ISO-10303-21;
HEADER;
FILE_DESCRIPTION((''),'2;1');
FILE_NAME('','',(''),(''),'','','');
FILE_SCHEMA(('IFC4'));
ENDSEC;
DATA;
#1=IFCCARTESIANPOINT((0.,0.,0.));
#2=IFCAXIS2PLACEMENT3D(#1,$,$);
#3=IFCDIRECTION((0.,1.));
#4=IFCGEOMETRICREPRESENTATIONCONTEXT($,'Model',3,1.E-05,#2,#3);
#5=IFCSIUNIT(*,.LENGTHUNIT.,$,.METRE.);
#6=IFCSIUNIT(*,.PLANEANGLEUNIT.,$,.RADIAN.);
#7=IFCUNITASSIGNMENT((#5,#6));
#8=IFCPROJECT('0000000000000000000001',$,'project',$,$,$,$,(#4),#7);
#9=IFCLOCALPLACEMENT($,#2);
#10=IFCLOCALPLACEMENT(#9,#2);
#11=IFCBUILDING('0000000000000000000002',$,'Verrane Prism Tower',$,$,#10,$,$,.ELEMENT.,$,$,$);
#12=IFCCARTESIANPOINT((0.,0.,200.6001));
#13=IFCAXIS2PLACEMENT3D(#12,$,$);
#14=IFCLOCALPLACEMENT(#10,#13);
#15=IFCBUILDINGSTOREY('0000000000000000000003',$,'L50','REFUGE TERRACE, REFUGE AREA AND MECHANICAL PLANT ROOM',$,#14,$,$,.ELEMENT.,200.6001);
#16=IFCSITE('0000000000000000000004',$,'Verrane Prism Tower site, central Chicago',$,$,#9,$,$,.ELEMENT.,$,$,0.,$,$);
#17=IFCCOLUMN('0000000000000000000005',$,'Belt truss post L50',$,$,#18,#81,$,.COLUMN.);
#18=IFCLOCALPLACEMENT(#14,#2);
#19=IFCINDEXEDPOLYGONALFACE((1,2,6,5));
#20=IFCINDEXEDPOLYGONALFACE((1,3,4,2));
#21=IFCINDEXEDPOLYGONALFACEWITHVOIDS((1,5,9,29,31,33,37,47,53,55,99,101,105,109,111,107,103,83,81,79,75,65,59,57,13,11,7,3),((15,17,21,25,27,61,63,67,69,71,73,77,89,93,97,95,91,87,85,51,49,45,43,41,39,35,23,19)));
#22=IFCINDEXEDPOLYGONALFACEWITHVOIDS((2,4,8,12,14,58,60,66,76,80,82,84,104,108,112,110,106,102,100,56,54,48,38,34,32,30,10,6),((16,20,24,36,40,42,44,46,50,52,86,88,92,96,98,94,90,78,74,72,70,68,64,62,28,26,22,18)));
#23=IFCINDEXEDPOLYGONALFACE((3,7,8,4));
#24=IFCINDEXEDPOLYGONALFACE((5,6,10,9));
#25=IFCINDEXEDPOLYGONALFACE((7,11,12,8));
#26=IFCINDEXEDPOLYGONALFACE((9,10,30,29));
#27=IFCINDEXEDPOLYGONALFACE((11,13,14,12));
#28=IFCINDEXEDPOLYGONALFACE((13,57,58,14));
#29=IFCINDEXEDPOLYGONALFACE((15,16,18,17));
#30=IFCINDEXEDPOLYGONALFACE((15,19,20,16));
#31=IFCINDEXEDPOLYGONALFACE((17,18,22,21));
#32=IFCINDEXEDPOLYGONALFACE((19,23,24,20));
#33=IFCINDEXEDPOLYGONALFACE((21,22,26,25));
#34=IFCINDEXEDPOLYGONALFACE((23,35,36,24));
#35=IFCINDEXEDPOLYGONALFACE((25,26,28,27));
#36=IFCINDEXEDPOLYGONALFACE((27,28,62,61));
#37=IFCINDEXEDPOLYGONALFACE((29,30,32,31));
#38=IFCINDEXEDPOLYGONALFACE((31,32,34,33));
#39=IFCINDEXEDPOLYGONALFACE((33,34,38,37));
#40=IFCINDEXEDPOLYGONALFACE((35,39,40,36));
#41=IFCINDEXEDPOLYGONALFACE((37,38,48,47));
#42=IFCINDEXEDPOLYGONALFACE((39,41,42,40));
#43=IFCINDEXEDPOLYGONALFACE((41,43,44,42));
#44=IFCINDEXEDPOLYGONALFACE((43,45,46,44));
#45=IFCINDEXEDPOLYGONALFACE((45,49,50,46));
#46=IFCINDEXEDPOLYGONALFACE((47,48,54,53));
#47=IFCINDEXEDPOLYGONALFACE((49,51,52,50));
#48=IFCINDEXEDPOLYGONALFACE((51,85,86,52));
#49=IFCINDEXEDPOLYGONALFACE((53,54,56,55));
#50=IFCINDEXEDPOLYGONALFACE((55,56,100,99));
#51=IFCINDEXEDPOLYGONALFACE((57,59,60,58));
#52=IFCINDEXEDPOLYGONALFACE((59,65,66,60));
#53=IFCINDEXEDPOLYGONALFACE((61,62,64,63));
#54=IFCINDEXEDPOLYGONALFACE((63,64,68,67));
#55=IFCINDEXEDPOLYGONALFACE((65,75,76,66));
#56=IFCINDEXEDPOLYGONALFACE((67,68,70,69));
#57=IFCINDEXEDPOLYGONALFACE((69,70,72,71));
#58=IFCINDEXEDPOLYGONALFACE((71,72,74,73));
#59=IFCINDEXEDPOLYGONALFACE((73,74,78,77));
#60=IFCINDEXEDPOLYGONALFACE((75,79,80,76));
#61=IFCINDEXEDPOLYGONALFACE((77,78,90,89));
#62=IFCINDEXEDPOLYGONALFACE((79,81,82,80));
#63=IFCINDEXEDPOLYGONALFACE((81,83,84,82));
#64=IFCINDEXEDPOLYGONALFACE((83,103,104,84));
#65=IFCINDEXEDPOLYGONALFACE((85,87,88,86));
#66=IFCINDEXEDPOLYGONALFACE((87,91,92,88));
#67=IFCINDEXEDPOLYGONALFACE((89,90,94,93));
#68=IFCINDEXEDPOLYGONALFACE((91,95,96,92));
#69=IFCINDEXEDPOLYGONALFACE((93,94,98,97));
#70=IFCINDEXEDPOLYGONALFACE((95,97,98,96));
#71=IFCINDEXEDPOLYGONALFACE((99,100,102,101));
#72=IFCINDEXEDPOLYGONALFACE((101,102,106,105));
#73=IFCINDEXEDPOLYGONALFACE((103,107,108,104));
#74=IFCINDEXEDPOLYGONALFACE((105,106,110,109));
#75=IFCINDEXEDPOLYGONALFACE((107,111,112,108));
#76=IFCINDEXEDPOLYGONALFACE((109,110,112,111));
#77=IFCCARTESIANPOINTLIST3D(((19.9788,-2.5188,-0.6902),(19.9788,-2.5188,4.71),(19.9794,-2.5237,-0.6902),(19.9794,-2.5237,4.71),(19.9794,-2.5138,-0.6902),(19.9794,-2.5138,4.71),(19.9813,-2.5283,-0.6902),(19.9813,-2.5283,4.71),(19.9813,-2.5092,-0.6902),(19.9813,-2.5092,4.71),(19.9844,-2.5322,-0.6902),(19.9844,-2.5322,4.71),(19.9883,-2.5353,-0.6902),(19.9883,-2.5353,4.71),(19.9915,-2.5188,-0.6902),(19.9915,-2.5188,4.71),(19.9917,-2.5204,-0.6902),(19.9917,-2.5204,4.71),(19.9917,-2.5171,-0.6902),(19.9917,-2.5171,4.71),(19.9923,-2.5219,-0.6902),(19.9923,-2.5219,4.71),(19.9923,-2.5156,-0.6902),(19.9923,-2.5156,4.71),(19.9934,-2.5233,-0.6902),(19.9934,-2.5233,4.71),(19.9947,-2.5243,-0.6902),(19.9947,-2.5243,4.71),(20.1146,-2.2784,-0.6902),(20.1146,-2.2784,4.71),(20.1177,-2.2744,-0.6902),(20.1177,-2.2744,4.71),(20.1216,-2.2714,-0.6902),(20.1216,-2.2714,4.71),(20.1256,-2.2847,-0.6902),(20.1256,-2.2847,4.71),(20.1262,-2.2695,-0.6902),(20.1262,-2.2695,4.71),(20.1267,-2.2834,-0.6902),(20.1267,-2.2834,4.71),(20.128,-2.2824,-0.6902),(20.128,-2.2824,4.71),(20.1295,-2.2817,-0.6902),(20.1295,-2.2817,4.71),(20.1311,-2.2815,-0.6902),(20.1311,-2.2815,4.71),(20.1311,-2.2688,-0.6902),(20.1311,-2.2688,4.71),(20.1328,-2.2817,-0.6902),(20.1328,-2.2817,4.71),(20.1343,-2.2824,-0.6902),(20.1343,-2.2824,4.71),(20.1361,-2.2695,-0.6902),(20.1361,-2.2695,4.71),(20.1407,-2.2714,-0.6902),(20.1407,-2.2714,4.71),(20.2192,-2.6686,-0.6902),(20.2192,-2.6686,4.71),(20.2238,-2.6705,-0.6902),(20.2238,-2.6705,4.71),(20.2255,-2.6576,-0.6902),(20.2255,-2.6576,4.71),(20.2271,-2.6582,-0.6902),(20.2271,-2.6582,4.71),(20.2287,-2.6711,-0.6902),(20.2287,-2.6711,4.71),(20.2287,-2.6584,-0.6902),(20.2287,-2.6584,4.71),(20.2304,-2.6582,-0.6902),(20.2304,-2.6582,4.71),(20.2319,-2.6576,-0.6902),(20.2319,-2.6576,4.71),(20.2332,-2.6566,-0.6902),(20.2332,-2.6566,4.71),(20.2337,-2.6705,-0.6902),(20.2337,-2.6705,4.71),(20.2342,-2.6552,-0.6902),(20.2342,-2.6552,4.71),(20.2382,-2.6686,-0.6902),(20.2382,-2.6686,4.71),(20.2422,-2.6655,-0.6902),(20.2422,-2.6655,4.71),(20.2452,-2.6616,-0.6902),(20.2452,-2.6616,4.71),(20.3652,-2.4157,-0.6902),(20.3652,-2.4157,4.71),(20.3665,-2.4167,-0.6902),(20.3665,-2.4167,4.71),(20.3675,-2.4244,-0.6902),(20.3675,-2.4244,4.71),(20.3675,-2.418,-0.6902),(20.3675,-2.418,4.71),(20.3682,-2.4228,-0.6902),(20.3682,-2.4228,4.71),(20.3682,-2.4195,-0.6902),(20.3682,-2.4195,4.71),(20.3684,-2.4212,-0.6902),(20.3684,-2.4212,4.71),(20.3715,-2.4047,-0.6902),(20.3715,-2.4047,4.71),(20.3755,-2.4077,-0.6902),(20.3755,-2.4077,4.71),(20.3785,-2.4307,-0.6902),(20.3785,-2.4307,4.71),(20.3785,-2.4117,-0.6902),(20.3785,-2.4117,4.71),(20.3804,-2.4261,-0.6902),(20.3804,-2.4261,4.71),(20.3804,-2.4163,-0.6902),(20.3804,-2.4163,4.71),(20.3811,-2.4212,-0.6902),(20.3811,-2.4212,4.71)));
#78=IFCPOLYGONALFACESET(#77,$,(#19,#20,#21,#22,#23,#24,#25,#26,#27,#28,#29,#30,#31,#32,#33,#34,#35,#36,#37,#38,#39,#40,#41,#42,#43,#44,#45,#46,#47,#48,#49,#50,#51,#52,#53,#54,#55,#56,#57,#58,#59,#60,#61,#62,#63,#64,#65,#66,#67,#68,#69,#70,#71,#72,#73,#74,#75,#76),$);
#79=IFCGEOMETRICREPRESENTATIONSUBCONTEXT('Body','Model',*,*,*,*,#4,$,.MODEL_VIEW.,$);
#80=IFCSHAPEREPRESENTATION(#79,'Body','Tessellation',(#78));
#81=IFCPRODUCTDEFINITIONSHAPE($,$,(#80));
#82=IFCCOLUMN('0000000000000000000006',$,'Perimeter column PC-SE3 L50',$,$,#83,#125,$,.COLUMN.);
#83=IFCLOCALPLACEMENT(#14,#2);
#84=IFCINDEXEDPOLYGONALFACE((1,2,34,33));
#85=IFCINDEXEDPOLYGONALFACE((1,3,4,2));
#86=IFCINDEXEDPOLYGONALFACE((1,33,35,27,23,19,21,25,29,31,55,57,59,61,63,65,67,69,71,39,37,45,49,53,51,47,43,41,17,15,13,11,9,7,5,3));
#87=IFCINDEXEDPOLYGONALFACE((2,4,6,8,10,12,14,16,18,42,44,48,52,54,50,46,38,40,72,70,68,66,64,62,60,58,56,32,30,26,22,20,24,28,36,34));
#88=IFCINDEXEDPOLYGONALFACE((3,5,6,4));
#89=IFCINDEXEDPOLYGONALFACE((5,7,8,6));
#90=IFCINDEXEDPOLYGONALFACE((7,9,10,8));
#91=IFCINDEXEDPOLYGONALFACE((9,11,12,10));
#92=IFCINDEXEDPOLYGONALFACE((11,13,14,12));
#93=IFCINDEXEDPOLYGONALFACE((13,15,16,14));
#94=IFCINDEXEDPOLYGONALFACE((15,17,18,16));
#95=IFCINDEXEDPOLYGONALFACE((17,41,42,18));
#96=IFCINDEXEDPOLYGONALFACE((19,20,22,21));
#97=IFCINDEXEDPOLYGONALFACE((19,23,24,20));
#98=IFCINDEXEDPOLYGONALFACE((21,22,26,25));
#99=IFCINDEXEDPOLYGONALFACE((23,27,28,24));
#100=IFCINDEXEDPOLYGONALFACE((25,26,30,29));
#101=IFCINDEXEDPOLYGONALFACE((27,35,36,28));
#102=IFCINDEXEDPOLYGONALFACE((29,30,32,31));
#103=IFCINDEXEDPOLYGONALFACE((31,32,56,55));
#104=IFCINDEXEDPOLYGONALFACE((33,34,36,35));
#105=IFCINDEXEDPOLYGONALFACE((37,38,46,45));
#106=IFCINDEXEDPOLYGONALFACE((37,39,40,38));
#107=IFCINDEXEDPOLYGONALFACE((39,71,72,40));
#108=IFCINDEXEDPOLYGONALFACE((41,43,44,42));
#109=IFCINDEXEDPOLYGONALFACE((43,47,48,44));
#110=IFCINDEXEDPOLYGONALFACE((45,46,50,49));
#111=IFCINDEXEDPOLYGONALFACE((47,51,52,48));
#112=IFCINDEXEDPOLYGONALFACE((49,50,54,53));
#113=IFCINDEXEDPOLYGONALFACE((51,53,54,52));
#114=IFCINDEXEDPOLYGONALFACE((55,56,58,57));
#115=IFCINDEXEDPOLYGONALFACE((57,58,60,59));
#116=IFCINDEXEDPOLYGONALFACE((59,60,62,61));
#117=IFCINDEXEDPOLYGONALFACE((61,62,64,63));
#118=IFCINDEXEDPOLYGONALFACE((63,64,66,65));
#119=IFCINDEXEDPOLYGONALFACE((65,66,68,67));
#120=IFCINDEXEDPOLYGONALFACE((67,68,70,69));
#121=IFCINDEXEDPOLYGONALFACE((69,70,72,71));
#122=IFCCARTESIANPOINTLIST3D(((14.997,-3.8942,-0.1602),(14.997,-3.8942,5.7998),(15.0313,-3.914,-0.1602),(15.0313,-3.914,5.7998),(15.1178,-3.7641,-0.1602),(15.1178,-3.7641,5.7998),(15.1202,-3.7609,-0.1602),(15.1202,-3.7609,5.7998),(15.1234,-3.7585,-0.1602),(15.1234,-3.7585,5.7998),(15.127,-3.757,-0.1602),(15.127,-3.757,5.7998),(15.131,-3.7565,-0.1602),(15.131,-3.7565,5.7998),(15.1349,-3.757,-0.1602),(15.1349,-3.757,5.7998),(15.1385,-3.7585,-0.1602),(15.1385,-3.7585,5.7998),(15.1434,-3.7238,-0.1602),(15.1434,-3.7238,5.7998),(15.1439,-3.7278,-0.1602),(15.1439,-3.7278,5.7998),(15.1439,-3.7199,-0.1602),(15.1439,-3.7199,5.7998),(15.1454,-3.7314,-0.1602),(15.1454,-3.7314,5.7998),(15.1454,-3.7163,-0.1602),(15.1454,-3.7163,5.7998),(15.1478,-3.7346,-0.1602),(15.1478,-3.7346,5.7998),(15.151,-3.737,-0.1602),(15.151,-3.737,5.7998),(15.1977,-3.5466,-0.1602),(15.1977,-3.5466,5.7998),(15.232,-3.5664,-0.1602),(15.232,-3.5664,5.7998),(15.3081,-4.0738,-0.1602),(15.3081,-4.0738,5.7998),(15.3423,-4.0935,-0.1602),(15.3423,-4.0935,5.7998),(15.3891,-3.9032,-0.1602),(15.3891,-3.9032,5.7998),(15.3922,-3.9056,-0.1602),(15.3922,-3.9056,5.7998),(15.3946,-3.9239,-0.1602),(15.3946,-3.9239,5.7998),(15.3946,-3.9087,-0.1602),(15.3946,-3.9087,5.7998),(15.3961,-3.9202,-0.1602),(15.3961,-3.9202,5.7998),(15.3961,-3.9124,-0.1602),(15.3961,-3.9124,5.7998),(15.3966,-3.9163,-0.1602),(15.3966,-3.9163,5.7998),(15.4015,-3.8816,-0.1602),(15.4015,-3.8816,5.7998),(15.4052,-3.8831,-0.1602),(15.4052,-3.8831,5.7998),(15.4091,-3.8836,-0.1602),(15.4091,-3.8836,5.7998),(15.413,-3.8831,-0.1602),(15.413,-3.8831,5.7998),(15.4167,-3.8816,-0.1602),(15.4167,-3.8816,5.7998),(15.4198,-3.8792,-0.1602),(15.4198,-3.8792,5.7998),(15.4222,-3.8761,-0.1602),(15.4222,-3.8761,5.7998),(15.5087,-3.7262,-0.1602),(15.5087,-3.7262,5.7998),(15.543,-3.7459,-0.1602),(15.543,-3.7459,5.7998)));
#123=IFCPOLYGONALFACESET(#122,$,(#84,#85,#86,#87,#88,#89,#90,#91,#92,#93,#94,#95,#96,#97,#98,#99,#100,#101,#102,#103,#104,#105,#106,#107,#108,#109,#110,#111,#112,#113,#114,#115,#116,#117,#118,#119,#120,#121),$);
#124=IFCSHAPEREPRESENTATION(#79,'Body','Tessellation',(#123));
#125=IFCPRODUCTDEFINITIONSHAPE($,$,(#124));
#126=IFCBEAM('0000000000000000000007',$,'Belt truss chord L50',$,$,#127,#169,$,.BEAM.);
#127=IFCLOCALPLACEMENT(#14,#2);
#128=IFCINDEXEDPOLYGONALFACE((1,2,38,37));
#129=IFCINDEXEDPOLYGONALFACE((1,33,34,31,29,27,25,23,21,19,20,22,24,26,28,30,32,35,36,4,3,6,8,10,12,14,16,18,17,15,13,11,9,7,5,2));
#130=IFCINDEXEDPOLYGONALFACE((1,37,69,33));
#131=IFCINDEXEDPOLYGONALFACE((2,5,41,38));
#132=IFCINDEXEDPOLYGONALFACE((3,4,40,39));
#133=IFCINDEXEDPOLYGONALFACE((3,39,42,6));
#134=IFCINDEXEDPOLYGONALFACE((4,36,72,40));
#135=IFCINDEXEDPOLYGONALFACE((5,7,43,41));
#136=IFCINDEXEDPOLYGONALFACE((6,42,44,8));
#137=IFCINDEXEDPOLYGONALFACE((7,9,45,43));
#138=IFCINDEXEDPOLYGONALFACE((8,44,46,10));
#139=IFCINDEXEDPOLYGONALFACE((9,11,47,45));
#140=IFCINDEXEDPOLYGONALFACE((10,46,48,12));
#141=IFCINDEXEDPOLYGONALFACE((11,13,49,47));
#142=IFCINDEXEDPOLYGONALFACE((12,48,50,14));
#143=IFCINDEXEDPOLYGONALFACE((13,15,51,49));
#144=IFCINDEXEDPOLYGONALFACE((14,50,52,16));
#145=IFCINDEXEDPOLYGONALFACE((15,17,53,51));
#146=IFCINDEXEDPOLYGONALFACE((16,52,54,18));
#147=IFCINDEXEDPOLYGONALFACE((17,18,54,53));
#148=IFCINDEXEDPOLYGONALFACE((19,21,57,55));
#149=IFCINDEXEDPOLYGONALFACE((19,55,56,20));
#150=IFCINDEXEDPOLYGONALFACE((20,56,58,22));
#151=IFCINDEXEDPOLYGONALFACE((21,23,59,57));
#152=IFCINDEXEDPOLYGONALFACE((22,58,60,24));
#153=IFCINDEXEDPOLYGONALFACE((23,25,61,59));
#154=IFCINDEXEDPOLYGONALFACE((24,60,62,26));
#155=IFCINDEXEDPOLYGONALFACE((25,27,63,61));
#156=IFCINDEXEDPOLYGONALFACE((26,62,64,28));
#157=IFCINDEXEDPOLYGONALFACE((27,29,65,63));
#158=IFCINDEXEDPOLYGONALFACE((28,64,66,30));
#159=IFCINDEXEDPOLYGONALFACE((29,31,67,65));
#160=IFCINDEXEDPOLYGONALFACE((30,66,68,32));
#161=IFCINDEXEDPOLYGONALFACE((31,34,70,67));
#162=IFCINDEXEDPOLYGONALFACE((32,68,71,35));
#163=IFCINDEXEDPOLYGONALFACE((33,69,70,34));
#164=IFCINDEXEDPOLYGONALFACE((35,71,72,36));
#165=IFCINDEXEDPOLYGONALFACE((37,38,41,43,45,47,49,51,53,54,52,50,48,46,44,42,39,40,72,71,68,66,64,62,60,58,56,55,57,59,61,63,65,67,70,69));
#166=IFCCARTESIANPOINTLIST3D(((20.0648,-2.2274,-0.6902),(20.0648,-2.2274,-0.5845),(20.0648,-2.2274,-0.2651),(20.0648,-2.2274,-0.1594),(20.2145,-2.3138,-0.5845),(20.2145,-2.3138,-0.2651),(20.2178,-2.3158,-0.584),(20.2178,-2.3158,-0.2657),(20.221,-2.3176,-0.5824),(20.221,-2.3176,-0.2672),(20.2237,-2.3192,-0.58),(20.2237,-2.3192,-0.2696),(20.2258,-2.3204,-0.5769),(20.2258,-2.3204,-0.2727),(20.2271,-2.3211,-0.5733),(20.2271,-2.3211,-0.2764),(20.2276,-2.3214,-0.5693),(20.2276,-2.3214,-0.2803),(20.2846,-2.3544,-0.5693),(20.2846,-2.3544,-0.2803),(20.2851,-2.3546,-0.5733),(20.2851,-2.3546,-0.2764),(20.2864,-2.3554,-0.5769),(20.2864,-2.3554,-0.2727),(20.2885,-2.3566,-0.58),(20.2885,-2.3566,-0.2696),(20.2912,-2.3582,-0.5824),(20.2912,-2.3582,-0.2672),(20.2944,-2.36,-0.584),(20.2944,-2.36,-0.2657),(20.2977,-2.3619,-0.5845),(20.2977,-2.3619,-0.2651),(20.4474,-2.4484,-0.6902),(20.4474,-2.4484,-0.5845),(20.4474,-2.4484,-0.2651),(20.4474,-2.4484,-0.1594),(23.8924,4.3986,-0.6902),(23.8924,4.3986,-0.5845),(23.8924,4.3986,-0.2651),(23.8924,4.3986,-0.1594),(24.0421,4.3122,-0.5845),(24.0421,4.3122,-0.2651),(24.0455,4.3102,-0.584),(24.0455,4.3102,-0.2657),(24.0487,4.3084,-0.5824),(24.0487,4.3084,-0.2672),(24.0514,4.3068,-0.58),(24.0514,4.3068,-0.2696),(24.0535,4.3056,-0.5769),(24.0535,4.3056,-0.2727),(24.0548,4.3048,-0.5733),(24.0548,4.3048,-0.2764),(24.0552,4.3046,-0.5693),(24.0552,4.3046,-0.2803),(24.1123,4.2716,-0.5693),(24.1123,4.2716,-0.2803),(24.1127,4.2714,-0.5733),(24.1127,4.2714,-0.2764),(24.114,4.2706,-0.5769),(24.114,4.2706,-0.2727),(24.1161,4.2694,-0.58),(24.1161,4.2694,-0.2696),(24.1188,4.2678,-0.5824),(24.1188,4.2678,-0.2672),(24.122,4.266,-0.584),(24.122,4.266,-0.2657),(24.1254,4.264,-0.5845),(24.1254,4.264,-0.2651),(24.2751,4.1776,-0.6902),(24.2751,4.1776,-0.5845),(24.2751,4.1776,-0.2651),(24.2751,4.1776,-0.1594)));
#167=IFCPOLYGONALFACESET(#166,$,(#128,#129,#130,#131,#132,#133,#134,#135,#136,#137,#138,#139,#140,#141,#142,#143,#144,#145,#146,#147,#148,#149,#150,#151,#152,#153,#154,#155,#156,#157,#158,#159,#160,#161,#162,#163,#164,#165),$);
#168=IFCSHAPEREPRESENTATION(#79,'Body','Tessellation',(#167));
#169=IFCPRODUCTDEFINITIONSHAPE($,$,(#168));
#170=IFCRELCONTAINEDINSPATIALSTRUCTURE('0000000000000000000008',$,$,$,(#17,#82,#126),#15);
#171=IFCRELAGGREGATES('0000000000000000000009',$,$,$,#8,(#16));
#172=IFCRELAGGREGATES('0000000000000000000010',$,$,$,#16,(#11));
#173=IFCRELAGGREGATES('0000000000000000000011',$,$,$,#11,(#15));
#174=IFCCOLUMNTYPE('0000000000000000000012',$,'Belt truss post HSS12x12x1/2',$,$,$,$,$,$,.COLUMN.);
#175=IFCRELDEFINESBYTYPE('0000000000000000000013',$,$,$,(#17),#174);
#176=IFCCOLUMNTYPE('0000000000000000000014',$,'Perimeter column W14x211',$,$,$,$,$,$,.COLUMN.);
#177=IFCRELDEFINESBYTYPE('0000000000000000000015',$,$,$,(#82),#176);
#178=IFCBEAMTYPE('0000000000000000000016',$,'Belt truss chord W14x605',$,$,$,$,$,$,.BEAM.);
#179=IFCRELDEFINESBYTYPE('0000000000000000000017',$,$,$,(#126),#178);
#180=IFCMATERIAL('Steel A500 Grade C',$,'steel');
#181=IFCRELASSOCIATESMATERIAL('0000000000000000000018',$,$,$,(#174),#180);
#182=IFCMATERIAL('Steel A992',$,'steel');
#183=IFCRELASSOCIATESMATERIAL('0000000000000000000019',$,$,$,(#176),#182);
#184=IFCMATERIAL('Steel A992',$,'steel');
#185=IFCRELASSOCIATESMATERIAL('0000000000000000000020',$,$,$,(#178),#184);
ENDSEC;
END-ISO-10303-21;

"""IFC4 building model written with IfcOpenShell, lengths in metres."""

from ifc_helpers import new_model, si_unit, direction, frame, origin, origin_2d, place, context, subcontext, project, spatial, hollow_rectangle, i_section, extrude, material, material_profile, profile_set, type_object, element, save


model = new_model("IFC4")

# Units and contexts
model_context = context("Model", 3, precision=1e-05, world=origin(), true_north=direction((0.0, 1.0)))
body_context = subcontext(model_context, "Body", "Model", "MODEL_VIEW")
ifc_project = project(units=[si_unit("LENGTHUNIT", "METRE"), si_unit("PLANEANGLEUNIT", "RADIAN")], contexts=[model_context])

# Site, building, storey
site_placement = place(None, origin())
site = spatial("IfcSite", under=ifc_project, at=site_placement, Name="Verrane Prism Tower site, central Chicago", CompositionType="ELEMENT", RefElevation=0.0)
building_placement = place(site_placement, origin())
building = spatial("IfcBuilding", under=site, at=building_placement, Name="Verrane Prism Tower", CompositionType="ELEMENT")
storey_placement = place(building_placement, frame((0.0, 0.0, 200.6001)))
storey = spatial("IfcBuildingStorey", under=building, at=storey_placement, Name="L50", Description="REFUGE TERRACE, REFUGE AREA AND MECHANICAL PLANT ROOM", CompositionType="ELEMENT", Elevation=200.6001)

# Columns
ifc_material_1 = material(Name="Steel A500 Grade C", Category="steel")
ifc_material_profile_1 = material_profile(ifc_material_1, hollow_rectangle(XDim=0.3047, YDim=0.3047, WallThickness=0.0127, InnerFilletRadius=0.0063, OuterFilletRadius=0.019, at=origin_2d()), Name="HSS12x12x1/2")
ifc_profile_set_1 = profile_set([ifc_material_profile_1], Name="Steel A500 Grade C")
column_type_1 = type_object("IfcColumnType", Name="Belt truss post HSS12x12x1/2", PredefinedType="COLUMN", material=ifc_profile_set_1)
column_1_placement = place(storey_placement, frame((20.1799, -2.47, -0.6902), z_axis=(0.0, 0.0, 1.0), x_axis=(-0.5, -0.866025, 0.0)))
element("IfcColumn", 1, at=column_1_placement, inside=storey, type_object=column_type_1, Name="Belt truss post L50", PredefinedType="COLUMN", context=body_context, shape_type="SweptSolid", body=[
    extrude(hollow_rectangle(XDim=0.3047, YDim=0.3047, WallThickness=0.0127, InnerFilletRadius=0.0063, OuterFilletRadius=0.019, at=origin_2d()), origin(), (0.0, 0.0, 1.0), 5.4001),
])
ifc_material_2 = material(Name="Steel A992", Category="steel")
ifc_material_profile_2 = material_profile(ifc_material_2, i_section(OverallWidth=0.4014, OverallDepth=0.3987, WebThickness=0.0249, FlangeThickness=0.0396, FilletRadius=0.0151, at=origin_2d()), Name="W14x211")
ifc_profile_set_2 = profile_set([ifc_material_profile_2], Name="Steel A992")
column_type_2 = type_object("IfcColumnType", Name="Perimeter column W14x211", PredefinedType="COLUMN", material=ifc_profile_set_2)
column_2_placement = place(storey_placement, frame((15.27, -3.8201, -0.1602), z_axis=(0.0, 0.0, 1.0), x_axis=(-0.5, -0.866025, 0.0)))
element("IfcColumn", 2, at=column_2_placement, inside=storey, type_object=column_type_2, Name="Perimeter column PC-SE3 L50", PredefinedType="COLUMN", context=body_context, shape_type="SweptSolid", body=[
    extrude(i_section(OverallWidth=0.4014, OverallDepth=0.3987, WebThickness=0.0249, FlangeThickness=0.0396, FilletRadius=0.0151, at=origin_2d()), origin(), (0.0, 0.0, 1.0), 5.96),
])

# Beam
ifc_material_3 = material(Name="Steel A992", Category="steel")
ifc_material_profile_3 = material_profile(ifc_material_3, i_section(OverallWidth=0.4419, OverallDepth=0.5308, WebThickness=0.0659, FlangeThickness=0.1057, FilletRadius=0.0151, at=origin_2d()), Name="W14x605")
ifc_profile_set_3 = profile_set([ifc_material_profile_3], Name="Steel A992")
beam_type_1 = type_object("IfcBeamType", Name="Belt truss chord W14x605", PredefinedType="BEAM", material=ifc_profile_set_3)
beam_1_placement = place(storey_placement, frame((20.2561, -2.3379, -0.4248), z_axis=(0.500208, 0.865905, 0.0), x_axis=(-0.865905, 0.500208, 0.0)))
element("IfcBeam", 3, at=beam_1_placement, inside=storey, type_object=beam_type_1, Name="Belt truss chord L50", PredefinedType="BEAM", context=body_context, shape_type="SweptSolid", body=[
    extrude(i_section(OverallWidth=0.4419, OverallDepth=0.5308, WebThickness=0.0659, FlangeThickness=0.1057, FilletRadius=0.0151, at=origin_2d()), origin(), (0.0, 0.0, 1.0), 7.6521),
])

save(model, "model.ifc")
